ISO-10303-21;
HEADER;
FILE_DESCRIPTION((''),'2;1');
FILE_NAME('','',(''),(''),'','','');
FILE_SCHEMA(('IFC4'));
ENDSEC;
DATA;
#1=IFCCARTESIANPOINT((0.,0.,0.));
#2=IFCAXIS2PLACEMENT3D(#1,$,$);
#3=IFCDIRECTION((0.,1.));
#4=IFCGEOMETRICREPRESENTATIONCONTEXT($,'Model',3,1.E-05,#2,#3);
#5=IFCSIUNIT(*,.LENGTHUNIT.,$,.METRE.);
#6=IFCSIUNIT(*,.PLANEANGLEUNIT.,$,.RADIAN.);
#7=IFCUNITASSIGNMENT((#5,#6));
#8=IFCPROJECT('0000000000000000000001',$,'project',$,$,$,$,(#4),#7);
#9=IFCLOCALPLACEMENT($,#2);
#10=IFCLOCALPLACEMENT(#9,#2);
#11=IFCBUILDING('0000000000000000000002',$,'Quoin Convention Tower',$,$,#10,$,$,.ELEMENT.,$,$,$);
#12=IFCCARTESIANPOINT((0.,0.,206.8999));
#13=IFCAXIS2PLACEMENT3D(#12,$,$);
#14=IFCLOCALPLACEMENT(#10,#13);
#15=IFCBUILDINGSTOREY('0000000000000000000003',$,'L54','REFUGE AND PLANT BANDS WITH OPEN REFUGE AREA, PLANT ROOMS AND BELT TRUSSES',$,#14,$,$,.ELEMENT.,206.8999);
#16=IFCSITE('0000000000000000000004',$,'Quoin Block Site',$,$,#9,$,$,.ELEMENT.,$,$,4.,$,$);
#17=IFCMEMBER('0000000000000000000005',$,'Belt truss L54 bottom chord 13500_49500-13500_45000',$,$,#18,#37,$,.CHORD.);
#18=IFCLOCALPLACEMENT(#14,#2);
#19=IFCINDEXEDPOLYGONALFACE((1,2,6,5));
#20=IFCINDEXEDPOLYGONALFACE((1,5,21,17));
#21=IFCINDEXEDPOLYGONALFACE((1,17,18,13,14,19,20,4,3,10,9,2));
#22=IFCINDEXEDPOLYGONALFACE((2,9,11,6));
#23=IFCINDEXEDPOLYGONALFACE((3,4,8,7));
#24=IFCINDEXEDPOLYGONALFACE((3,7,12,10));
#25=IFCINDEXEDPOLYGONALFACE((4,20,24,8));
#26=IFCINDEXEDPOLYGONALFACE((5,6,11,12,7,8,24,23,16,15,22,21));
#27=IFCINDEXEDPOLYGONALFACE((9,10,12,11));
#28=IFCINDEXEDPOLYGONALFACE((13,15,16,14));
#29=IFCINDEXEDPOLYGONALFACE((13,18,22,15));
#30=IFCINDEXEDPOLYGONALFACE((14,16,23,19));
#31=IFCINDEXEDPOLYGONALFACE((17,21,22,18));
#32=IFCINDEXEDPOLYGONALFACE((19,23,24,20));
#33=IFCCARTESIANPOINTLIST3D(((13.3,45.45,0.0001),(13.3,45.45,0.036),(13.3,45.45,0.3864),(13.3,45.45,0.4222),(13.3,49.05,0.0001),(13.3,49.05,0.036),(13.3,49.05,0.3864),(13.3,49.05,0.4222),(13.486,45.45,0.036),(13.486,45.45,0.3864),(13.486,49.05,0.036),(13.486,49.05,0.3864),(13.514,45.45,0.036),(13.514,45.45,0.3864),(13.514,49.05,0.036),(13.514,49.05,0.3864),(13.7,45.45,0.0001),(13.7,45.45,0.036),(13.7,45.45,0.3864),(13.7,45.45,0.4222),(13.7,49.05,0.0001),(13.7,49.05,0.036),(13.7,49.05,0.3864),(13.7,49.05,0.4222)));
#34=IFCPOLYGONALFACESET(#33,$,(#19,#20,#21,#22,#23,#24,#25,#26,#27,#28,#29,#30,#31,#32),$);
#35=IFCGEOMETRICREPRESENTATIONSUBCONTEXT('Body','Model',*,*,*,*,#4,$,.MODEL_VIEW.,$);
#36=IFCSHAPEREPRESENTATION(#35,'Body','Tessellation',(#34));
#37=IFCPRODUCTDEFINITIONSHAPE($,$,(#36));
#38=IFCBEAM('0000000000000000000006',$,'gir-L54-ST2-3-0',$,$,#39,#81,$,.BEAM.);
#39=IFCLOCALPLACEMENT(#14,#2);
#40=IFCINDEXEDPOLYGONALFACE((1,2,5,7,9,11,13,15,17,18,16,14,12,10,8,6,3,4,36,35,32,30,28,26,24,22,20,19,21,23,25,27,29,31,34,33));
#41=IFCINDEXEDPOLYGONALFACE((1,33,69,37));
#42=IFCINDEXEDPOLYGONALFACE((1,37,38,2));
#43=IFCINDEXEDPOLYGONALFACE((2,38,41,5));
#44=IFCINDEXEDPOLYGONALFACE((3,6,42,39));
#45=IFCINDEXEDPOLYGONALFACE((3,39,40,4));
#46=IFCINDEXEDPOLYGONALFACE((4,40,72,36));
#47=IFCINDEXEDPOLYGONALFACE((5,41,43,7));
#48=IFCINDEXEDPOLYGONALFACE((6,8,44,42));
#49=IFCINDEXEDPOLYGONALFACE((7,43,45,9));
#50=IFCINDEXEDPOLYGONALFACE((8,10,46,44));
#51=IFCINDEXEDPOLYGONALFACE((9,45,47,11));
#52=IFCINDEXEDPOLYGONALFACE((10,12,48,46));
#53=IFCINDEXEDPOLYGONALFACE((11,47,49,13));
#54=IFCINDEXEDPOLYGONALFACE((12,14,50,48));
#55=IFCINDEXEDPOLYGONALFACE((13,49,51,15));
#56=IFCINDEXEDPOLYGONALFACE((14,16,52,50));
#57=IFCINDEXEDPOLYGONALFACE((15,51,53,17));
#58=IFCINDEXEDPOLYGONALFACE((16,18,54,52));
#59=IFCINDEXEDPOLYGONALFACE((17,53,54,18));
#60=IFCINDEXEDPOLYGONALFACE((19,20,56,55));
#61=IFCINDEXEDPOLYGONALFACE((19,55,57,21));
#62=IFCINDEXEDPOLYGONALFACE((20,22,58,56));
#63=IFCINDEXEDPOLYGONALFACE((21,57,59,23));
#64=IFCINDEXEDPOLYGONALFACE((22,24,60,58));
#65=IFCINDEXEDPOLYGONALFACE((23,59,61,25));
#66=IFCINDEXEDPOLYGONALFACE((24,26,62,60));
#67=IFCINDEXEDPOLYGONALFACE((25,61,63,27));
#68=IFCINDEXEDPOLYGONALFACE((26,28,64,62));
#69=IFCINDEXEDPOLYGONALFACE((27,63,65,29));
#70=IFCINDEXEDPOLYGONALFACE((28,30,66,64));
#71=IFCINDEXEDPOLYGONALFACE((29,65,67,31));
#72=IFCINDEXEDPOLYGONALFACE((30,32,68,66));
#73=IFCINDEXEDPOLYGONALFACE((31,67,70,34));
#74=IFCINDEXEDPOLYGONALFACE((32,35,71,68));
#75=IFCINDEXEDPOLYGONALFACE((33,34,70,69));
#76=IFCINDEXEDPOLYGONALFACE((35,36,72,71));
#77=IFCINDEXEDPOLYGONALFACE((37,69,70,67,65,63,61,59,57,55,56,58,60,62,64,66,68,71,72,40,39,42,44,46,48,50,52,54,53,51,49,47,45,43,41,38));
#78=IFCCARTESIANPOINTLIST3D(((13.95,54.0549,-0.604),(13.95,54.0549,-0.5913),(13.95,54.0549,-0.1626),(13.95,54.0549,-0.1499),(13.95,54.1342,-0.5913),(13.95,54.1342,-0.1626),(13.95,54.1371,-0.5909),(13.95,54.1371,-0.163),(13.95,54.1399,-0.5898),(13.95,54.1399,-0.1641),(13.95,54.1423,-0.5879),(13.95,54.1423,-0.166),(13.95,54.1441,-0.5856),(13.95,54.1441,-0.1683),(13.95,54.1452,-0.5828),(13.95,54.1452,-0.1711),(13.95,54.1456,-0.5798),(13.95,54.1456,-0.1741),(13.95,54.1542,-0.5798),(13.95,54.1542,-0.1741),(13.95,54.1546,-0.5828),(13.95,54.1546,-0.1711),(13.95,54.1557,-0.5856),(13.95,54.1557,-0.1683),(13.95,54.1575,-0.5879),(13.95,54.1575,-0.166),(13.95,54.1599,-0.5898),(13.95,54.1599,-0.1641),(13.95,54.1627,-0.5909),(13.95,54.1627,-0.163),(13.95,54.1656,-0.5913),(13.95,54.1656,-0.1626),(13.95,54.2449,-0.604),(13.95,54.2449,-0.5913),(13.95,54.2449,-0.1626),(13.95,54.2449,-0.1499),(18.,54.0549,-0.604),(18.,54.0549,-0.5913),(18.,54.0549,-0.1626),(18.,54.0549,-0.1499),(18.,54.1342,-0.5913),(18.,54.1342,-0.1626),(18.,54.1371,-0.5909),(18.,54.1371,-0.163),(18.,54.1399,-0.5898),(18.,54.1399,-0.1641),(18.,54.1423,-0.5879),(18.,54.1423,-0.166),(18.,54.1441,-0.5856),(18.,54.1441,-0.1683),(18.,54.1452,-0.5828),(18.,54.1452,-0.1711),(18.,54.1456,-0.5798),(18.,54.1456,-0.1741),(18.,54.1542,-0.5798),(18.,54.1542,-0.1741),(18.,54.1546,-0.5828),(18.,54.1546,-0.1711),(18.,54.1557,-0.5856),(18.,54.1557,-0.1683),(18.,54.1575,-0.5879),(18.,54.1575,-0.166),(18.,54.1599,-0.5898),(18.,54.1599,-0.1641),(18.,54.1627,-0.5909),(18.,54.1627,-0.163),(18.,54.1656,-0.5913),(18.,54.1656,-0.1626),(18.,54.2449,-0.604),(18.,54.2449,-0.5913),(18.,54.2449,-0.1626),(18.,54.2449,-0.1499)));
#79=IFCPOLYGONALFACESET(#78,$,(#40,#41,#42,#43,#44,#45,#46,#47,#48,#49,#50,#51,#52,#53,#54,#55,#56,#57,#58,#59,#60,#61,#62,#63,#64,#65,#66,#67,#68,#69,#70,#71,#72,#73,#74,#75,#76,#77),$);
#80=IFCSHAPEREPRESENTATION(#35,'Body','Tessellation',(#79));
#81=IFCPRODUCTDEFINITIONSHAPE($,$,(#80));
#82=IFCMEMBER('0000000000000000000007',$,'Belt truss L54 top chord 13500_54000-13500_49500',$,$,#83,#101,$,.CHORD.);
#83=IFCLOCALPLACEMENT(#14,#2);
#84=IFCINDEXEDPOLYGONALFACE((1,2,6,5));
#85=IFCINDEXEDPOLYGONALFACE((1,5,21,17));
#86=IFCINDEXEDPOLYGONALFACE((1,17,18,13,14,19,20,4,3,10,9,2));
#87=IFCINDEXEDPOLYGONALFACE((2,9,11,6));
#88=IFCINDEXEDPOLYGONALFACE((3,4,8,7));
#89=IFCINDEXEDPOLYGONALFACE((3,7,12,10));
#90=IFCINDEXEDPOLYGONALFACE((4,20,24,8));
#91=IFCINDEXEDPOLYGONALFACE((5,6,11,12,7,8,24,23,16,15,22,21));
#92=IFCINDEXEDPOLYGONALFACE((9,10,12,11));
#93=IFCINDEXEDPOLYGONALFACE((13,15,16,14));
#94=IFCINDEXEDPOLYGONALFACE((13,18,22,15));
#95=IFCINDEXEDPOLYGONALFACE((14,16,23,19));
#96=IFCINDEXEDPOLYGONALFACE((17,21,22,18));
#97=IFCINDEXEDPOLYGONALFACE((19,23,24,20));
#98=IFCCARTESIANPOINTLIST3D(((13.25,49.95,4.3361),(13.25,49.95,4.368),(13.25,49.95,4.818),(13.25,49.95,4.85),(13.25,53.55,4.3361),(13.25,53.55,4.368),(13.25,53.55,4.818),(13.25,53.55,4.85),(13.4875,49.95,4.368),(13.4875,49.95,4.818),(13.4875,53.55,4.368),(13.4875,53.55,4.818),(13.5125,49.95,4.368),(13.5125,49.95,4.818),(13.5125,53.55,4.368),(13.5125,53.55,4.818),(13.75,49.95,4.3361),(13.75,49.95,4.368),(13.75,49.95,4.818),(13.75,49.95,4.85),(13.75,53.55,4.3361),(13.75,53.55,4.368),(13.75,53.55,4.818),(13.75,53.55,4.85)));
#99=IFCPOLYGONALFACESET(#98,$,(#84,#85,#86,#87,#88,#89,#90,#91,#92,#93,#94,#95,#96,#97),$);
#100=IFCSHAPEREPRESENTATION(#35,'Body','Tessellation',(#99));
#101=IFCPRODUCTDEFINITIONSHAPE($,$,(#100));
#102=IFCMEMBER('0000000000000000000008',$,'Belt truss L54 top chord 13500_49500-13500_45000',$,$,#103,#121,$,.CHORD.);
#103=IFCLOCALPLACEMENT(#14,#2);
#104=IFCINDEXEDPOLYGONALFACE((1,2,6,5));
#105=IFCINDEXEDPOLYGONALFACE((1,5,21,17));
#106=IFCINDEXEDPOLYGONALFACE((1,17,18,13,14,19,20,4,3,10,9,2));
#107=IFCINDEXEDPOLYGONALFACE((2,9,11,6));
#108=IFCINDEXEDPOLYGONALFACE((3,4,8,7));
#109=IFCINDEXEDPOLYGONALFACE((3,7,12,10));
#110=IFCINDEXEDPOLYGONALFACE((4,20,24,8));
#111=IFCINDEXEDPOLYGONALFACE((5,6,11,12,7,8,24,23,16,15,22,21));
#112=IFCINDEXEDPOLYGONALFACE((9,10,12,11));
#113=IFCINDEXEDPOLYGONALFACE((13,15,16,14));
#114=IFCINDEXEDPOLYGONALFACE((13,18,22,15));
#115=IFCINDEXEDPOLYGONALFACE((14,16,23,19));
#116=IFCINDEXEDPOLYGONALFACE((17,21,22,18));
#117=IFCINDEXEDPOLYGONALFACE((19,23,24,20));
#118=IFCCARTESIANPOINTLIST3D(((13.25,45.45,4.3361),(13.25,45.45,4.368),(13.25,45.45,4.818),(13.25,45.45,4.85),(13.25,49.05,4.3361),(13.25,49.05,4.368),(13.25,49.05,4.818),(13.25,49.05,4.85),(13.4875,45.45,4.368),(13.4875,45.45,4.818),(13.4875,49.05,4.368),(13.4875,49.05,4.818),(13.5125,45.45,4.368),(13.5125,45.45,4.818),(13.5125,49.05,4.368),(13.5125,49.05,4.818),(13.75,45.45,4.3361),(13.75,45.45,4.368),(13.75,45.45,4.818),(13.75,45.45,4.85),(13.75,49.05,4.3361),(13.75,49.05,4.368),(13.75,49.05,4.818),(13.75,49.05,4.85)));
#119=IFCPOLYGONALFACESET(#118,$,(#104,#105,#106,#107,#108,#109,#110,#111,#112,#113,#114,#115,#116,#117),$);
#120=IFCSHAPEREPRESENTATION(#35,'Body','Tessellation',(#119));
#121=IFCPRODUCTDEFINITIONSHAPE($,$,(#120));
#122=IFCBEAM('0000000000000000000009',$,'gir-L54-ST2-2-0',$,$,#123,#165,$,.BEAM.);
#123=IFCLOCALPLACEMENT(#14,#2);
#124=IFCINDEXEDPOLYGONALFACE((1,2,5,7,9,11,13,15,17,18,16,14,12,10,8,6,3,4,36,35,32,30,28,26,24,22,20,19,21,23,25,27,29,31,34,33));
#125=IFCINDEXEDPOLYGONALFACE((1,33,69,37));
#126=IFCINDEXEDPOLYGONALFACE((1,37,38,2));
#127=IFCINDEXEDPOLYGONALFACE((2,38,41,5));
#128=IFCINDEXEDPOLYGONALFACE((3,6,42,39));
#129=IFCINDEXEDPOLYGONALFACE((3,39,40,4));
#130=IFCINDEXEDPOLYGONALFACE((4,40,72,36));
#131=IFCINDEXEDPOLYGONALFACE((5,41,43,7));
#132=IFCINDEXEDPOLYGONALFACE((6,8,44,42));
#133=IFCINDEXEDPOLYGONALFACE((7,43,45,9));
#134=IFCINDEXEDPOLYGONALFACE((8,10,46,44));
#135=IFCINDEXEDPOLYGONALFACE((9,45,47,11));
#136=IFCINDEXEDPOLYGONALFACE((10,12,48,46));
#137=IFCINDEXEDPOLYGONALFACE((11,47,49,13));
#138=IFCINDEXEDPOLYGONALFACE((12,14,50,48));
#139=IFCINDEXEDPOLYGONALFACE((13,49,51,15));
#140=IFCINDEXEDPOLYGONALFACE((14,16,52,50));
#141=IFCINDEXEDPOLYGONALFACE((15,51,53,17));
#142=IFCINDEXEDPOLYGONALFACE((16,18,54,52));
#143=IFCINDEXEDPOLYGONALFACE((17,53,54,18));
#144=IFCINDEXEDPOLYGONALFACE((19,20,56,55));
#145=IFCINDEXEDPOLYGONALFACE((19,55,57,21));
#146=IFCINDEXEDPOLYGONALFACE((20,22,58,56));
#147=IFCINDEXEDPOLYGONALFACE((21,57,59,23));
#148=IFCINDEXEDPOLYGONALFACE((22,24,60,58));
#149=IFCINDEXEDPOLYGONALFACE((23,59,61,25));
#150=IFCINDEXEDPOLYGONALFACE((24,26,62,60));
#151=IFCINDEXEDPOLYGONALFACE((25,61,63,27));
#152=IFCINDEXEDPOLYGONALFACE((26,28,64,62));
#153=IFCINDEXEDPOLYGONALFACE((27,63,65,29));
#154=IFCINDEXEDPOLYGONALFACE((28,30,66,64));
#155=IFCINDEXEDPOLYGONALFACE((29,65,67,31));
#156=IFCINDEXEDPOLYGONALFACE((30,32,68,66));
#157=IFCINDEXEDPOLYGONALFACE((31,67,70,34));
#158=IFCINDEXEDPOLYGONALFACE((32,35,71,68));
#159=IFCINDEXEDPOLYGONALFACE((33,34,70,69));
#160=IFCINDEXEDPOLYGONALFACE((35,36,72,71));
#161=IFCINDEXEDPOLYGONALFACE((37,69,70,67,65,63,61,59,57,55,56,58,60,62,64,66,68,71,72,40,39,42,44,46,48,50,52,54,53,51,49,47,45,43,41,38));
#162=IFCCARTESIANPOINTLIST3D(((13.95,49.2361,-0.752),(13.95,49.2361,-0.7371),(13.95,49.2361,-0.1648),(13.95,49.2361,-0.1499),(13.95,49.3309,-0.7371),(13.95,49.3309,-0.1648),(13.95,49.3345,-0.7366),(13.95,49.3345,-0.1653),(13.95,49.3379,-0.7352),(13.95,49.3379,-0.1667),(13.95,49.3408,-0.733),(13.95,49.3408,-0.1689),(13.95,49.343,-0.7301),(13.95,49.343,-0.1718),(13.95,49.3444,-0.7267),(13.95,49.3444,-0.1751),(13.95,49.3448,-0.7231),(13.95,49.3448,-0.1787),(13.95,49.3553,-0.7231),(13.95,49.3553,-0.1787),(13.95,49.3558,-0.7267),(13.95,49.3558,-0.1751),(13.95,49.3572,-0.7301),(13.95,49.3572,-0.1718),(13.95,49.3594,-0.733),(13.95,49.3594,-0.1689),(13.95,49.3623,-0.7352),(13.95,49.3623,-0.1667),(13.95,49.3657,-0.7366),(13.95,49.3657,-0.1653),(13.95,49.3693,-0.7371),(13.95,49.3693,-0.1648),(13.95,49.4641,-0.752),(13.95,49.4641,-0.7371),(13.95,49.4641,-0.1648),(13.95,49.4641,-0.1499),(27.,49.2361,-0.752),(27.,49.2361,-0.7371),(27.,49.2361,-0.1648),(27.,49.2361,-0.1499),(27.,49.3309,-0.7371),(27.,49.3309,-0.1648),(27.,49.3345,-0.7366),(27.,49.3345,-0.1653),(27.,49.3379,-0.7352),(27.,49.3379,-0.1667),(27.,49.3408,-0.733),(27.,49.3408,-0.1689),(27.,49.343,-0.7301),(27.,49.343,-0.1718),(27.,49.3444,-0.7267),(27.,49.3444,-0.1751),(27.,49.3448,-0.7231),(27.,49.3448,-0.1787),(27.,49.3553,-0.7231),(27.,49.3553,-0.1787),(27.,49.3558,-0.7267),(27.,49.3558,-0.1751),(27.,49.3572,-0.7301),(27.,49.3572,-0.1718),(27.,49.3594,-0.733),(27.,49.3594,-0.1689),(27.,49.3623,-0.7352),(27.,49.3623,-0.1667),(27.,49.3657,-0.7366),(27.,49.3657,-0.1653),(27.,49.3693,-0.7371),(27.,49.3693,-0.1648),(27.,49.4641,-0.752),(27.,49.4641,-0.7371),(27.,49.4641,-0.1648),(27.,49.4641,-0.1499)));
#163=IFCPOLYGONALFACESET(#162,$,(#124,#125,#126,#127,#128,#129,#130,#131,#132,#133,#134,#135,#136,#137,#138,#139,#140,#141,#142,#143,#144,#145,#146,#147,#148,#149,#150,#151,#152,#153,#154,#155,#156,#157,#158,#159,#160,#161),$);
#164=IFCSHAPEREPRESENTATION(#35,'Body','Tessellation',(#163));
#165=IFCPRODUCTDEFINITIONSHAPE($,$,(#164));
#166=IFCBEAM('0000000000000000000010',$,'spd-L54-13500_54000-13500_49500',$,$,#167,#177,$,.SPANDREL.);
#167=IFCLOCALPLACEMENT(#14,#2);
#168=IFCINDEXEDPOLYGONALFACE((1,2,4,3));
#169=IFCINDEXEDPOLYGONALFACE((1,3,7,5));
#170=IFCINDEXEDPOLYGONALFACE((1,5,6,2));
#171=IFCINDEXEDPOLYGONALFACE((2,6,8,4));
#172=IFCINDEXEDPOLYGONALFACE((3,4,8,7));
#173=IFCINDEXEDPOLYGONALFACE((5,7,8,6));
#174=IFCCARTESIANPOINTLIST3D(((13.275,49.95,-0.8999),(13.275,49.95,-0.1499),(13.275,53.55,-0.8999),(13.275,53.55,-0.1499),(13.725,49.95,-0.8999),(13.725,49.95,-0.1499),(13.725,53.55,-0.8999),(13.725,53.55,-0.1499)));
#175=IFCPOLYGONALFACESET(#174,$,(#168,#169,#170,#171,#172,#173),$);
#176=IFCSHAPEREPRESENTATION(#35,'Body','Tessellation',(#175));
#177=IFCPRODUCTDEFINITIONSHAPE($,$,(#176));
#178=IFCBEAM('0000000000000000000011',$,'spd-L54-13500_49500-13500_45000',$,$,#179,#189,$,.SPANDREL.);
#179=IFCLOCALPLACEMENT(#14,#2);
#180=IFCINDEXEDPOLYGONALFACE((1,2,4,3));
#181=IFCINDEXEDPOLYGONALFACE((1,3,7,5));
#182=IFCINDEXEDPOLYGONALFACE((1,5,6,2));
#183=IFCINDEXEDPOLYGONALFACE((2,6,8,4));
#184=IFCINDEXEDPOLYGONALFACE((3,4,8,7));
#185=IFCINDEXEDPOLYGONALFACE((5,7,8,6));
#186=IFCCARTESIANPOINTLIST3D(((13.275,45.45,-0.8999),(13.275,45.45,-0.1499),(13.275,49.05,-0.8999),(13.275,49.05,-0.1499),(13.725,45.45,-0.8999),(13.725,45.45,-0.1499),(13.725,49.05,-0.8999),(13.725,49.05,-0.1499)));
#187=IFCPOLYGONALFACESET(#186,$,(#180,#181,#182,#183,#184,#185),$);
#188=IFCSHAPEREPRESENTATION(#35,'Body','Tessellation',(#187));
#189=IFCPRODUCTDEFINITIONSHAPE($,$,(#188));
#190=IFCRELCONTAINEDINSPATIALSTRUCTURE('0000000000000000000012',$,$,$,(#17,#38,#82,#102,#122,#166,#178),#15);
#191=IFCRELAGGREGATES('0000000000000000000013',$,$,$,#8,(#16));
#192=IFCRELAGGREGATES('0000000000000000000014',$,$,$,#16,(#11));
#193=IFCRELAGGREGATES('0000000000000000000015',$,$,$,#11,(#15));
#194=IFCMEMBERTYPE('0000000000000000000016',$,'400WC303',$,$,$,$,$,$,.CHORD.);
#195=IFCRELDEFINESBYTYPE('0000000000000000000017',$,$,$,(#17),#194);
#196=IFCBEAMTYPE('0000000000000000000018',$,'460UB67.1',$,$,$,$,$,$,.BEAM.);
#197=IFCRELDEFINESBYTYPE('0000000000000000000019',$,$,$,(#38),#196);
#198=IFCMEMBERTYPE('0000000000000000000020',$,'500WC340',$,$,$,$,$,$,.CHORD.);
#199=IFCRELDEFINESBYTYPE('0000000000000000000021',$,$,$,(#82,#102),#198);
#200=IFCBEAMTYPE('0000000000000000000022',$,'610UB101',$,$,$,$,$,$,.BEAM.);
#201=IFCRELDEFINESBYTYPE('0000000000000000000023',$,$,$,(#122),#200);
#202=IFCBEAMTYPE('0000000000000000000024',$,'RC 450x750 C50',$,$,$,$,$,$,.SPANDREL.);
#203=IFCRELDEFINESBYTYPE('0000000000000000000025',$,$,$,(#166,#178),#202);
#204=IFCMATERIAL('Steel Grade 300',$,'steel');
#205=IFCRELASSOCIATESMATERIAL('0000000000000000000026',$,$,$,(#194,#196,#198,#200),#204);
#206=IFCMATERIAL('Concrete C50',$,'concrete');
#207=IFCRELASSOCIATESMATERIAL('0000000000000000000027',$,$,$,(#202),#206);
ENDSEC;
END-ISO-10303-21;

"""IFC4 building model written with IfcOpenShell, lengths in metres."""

from ifc_helpers import new_model, si_unit, direction, frame, origin, origin_2d, place, context, subcontext, project, spatial, rectangle, i_section, extrude, material, material_profile, profile_set, type_object, element, save


model = new_model("IFC4")

# Units and contexts
model_context = context("Model", 3, precision=1e-05, world=origin(), true_north=direction((0.0, 1.0)))
body_context = subcontext(model_context, "Body", "Model", "MODEL_VIEW")
ifc_project = project(units=[si_unit("LENGTHUNIT", "METRE"), si_unit("PLANEANGLEUNIT", "RADIAN")], contexts=[model_context])

# Site, building, storey
site_placement = place(None, origin())
site = spatial("IfcSite", under=ifc_project, at=site_placement, Name="Quoin Block Site", CompositionType="ELEMENT", RefElevation=4.0)
building_placement = place(site_placement, origin())
building = spatial("IfcBuilding", under=site, at=building_placement, Name="Quoin Convention Tower", CompositionType="ELEMENT")
storey_placement = place(building_placement, frame((0.0, 0.0, 206.8999)))
storey = spatial("IfcBuildingStorey", under=building, at=storey_placement, Name="L54", Description="REFUGE AND PLANT BANDS WITH OPEN REFUGE AREA, PLANT ROOMS AND BELT TRUSSES", CompositionType="ELEMENT", Elevation=206.8999)

# Shared definitions
ifc_material_1 = material(Name="Concrete C50", Category="concrete")

# Member
ifc_material_2 = material(Name="Steel Grade 300", Category="steel")
ifc_material_profile_1 = material_profile(ifc_material_2, i_section(OverallWidth=0.3999, OverallDepth=0.4221, WebThickness=0.0281, FlangeThickness=0.0359, at=origin_2d()), Name="400WC303")
ifc_profile_set_1 = profile_set([ifc_material_profile_1], Name="Steel Grade 300")
member_type_1 = type_object("IfcMemberType", Name="400WC303", PredefinedType="CHORD", material=ifc_profile_set_1)
for number, where, z_axis, x_axis, name in (
    (1, (13.5, 49.05, 0.2112), (0.0, -1.0, 0.0), (1.0, 0.0, 0.0), "Belt truss L54 bottom chord 13500_49500-13500_45000"),
):
    element("IfcMember", number, at=place(storey_placement, frame(where, z_axis=z_axis, x_axis=x_axis)), inside=storey, type_object=member_type_1, Name=name, PredefinedType="CHORD", context=body_context, shape_type="SweptSolid", body=[
        extrude(i_section(OverallWidth=0.3999, OverallDepth=0.4221, WebThickness=0.0281, FlangeThickness=0.0359, at=origin_2d()), origin(), (0.0, 0.0, 1.0), 3.6001),
    ])

# Beam
ifc_material_profile_2 = material_profile(ifc_material_2, i_section(OverallWidth=0.1899, OverallDepth=0.4541, WebThickness=0.0085, FlangeThickness=0.0127, FilletRadius=0.0115, at=origin_2d()), Name="460UB67.1")
ifc_profile_set_2 = profile_set([ifc_material_profile_2], Name="Steel Grade 300")
beam_type_1 = type_object("IfcBeamType", Name="460UB67.1", PredefinedType="BEAM", material=ifc_profile_set_2)
beam_1_placement = place(storey_placement, frame((13.95, 54.1499, -0.377), z_axis=(1.0, 0.0, 0.0), x_axis=(0.0, 1.0, 0.0)))
element("IfcBeam", 2, at=beam_1_placement, inside=storey, type_object=beam_type_1, Name="gir-L54-ST2-3-0", PredefinedType="BEAM", context=body_context, shape_type="SweptSolid", body=[
    extrude(i_section(OverallWidth=0.1899, OverallDepth=0.4541, WebThickness=0.0085, FlangeThickness=0.0127, FilletRadius=0.0115, at=origin_2d()), origin(), (0.0, 0.0, 1.0), 4.05),
])

# Members
ifc_material_profile_3 = material_profile(ifc_material_2, i_section(OverallWidth=0.5, OverallDepth=0.5139, WebThickness=0.0249, FlangeThickness=0.032, at=origin_2d()), Name="500WC340")
ifc_profile_set_3 = profile_set([ifc_material_profile_3], Name="Steel Grade 300")
member_type_2 = type_object("IfcMemberType", Name="500WC340", PredefinedType="CHORD", material=ifc_profile_set_3)
for number, where, z_axis, x_axis, name in (
    (3, (13.5, 53.55, 4.593), (0.0, -1.0, 0.0), (1.0, 0.0, 0.0), "Belt truss L54 top chord 13500_54000-13500_49500"),
    (4, (13.5, 49.05, 4.593), (0.0, -1.0, 0.0), (1.0, 0.0, 0.0), "Belt truss L54 top chord 13500_49500-13500_45000"),
):
    element("IfcMember", number, at=place(storey_placement, frame(where, z_axis=z_axis, x_axis=x_axis)), inside=storey, type_object=member_type_2, Name=name, PredefinedType="CHORD", context=body_context, shape_type="SweptSolid", body=[
        extrude(i_section(OverallWidth=0.5, OverallDepth=0.5139, WebThickness=0.0249, FlangeThickness=0.032, at=origin_2d()), origin(), (0.0, 0.0, 1.0), 3.6001),
    ])

# Beams
ifc_material_profile_4 = material_profile(ifc_material_2, i_section(OverallWidth=0.228, OverallDepth=0.6021, WebThickness=0.0105, FlangeThickness=0.0149, FilletRadius=0.0139, at=origin_2d()), Name="610UB101")
ifc_profile_set_4 = profile_set([ifc_material_profile_4], Name="Steel Grade 300")
beam_type_2 = type_object("IfcBeamType", Name="610UB101", PredefinedType="BEAM", material=ifc_profile_set_4)
beam_2_placement = place(storey_placement, frame((13.95, 49.3501, -0.4509), z_axis=(1.0, 0.0, 0.0), x_axis=(0.0, 1.0, 0.0)))
element("IfcBeam", 5, at=beam_2_placement, inside=storey, type_object=beam_type_2, Name="gir-L54-ST2-2-0", PredefinedType="BEAM", context=body_context, shape_type="SweptSolid", body=[
    extrude(i_section(OverallWidth=0.228, OverallDepth=0.6021, WebThickness=0.0105, FlangeThickness=0.0149, FilletRadius=0.0139, at=origin_2d()), origin(), (0.0, 0.0, 1.0), 13.05),
])
ifc_material_profile_5 = material_profile(ifc_material_1, rectangle(XDim=0.45, YDim=0.75, at=origin_2d()), Name="RC 450x750")
ifc_profile_set_5 = profile_set([ifc_material_profile_5], Name="Concrete C50")
beam_type_3 = type_object("IfcBeamType", Name="RC 450x750 C50", PredefinedType="SPANDREL", material=ifc_profile_set_5)
for number, where, z_axis, x_axis, name in (
    (6, (13.5, 53.55, -0.5249), (0.0, -1.0, 0.0), (1.0, 0.0, 0.0), "spd-L54-13500_54000-13500_49500"),
    (7, (13.5, 49.05, -0.5249), (0.0, -1.0, 0.0), (1.0, 0.0, 0.0), "spd-L54-13500_49500-13500_45000"),
):
    element("IfcBeam", number, at=place(storey_placement, frame(where, z_axis=z_axis, x_axis=x_axis)), inside=storey, type_object=beam_type_3, Name=name, PredefinedType="SPANDREL", context=body_context, shape_type="SweptSolid", body=[
        extrude(rectangle(XDim=0.45, YDim=0.75, at=origin_2d()), origin(), (0.0, 0.0, 1.0), 3.6001),
    ])

save(model, "model.ifc")
